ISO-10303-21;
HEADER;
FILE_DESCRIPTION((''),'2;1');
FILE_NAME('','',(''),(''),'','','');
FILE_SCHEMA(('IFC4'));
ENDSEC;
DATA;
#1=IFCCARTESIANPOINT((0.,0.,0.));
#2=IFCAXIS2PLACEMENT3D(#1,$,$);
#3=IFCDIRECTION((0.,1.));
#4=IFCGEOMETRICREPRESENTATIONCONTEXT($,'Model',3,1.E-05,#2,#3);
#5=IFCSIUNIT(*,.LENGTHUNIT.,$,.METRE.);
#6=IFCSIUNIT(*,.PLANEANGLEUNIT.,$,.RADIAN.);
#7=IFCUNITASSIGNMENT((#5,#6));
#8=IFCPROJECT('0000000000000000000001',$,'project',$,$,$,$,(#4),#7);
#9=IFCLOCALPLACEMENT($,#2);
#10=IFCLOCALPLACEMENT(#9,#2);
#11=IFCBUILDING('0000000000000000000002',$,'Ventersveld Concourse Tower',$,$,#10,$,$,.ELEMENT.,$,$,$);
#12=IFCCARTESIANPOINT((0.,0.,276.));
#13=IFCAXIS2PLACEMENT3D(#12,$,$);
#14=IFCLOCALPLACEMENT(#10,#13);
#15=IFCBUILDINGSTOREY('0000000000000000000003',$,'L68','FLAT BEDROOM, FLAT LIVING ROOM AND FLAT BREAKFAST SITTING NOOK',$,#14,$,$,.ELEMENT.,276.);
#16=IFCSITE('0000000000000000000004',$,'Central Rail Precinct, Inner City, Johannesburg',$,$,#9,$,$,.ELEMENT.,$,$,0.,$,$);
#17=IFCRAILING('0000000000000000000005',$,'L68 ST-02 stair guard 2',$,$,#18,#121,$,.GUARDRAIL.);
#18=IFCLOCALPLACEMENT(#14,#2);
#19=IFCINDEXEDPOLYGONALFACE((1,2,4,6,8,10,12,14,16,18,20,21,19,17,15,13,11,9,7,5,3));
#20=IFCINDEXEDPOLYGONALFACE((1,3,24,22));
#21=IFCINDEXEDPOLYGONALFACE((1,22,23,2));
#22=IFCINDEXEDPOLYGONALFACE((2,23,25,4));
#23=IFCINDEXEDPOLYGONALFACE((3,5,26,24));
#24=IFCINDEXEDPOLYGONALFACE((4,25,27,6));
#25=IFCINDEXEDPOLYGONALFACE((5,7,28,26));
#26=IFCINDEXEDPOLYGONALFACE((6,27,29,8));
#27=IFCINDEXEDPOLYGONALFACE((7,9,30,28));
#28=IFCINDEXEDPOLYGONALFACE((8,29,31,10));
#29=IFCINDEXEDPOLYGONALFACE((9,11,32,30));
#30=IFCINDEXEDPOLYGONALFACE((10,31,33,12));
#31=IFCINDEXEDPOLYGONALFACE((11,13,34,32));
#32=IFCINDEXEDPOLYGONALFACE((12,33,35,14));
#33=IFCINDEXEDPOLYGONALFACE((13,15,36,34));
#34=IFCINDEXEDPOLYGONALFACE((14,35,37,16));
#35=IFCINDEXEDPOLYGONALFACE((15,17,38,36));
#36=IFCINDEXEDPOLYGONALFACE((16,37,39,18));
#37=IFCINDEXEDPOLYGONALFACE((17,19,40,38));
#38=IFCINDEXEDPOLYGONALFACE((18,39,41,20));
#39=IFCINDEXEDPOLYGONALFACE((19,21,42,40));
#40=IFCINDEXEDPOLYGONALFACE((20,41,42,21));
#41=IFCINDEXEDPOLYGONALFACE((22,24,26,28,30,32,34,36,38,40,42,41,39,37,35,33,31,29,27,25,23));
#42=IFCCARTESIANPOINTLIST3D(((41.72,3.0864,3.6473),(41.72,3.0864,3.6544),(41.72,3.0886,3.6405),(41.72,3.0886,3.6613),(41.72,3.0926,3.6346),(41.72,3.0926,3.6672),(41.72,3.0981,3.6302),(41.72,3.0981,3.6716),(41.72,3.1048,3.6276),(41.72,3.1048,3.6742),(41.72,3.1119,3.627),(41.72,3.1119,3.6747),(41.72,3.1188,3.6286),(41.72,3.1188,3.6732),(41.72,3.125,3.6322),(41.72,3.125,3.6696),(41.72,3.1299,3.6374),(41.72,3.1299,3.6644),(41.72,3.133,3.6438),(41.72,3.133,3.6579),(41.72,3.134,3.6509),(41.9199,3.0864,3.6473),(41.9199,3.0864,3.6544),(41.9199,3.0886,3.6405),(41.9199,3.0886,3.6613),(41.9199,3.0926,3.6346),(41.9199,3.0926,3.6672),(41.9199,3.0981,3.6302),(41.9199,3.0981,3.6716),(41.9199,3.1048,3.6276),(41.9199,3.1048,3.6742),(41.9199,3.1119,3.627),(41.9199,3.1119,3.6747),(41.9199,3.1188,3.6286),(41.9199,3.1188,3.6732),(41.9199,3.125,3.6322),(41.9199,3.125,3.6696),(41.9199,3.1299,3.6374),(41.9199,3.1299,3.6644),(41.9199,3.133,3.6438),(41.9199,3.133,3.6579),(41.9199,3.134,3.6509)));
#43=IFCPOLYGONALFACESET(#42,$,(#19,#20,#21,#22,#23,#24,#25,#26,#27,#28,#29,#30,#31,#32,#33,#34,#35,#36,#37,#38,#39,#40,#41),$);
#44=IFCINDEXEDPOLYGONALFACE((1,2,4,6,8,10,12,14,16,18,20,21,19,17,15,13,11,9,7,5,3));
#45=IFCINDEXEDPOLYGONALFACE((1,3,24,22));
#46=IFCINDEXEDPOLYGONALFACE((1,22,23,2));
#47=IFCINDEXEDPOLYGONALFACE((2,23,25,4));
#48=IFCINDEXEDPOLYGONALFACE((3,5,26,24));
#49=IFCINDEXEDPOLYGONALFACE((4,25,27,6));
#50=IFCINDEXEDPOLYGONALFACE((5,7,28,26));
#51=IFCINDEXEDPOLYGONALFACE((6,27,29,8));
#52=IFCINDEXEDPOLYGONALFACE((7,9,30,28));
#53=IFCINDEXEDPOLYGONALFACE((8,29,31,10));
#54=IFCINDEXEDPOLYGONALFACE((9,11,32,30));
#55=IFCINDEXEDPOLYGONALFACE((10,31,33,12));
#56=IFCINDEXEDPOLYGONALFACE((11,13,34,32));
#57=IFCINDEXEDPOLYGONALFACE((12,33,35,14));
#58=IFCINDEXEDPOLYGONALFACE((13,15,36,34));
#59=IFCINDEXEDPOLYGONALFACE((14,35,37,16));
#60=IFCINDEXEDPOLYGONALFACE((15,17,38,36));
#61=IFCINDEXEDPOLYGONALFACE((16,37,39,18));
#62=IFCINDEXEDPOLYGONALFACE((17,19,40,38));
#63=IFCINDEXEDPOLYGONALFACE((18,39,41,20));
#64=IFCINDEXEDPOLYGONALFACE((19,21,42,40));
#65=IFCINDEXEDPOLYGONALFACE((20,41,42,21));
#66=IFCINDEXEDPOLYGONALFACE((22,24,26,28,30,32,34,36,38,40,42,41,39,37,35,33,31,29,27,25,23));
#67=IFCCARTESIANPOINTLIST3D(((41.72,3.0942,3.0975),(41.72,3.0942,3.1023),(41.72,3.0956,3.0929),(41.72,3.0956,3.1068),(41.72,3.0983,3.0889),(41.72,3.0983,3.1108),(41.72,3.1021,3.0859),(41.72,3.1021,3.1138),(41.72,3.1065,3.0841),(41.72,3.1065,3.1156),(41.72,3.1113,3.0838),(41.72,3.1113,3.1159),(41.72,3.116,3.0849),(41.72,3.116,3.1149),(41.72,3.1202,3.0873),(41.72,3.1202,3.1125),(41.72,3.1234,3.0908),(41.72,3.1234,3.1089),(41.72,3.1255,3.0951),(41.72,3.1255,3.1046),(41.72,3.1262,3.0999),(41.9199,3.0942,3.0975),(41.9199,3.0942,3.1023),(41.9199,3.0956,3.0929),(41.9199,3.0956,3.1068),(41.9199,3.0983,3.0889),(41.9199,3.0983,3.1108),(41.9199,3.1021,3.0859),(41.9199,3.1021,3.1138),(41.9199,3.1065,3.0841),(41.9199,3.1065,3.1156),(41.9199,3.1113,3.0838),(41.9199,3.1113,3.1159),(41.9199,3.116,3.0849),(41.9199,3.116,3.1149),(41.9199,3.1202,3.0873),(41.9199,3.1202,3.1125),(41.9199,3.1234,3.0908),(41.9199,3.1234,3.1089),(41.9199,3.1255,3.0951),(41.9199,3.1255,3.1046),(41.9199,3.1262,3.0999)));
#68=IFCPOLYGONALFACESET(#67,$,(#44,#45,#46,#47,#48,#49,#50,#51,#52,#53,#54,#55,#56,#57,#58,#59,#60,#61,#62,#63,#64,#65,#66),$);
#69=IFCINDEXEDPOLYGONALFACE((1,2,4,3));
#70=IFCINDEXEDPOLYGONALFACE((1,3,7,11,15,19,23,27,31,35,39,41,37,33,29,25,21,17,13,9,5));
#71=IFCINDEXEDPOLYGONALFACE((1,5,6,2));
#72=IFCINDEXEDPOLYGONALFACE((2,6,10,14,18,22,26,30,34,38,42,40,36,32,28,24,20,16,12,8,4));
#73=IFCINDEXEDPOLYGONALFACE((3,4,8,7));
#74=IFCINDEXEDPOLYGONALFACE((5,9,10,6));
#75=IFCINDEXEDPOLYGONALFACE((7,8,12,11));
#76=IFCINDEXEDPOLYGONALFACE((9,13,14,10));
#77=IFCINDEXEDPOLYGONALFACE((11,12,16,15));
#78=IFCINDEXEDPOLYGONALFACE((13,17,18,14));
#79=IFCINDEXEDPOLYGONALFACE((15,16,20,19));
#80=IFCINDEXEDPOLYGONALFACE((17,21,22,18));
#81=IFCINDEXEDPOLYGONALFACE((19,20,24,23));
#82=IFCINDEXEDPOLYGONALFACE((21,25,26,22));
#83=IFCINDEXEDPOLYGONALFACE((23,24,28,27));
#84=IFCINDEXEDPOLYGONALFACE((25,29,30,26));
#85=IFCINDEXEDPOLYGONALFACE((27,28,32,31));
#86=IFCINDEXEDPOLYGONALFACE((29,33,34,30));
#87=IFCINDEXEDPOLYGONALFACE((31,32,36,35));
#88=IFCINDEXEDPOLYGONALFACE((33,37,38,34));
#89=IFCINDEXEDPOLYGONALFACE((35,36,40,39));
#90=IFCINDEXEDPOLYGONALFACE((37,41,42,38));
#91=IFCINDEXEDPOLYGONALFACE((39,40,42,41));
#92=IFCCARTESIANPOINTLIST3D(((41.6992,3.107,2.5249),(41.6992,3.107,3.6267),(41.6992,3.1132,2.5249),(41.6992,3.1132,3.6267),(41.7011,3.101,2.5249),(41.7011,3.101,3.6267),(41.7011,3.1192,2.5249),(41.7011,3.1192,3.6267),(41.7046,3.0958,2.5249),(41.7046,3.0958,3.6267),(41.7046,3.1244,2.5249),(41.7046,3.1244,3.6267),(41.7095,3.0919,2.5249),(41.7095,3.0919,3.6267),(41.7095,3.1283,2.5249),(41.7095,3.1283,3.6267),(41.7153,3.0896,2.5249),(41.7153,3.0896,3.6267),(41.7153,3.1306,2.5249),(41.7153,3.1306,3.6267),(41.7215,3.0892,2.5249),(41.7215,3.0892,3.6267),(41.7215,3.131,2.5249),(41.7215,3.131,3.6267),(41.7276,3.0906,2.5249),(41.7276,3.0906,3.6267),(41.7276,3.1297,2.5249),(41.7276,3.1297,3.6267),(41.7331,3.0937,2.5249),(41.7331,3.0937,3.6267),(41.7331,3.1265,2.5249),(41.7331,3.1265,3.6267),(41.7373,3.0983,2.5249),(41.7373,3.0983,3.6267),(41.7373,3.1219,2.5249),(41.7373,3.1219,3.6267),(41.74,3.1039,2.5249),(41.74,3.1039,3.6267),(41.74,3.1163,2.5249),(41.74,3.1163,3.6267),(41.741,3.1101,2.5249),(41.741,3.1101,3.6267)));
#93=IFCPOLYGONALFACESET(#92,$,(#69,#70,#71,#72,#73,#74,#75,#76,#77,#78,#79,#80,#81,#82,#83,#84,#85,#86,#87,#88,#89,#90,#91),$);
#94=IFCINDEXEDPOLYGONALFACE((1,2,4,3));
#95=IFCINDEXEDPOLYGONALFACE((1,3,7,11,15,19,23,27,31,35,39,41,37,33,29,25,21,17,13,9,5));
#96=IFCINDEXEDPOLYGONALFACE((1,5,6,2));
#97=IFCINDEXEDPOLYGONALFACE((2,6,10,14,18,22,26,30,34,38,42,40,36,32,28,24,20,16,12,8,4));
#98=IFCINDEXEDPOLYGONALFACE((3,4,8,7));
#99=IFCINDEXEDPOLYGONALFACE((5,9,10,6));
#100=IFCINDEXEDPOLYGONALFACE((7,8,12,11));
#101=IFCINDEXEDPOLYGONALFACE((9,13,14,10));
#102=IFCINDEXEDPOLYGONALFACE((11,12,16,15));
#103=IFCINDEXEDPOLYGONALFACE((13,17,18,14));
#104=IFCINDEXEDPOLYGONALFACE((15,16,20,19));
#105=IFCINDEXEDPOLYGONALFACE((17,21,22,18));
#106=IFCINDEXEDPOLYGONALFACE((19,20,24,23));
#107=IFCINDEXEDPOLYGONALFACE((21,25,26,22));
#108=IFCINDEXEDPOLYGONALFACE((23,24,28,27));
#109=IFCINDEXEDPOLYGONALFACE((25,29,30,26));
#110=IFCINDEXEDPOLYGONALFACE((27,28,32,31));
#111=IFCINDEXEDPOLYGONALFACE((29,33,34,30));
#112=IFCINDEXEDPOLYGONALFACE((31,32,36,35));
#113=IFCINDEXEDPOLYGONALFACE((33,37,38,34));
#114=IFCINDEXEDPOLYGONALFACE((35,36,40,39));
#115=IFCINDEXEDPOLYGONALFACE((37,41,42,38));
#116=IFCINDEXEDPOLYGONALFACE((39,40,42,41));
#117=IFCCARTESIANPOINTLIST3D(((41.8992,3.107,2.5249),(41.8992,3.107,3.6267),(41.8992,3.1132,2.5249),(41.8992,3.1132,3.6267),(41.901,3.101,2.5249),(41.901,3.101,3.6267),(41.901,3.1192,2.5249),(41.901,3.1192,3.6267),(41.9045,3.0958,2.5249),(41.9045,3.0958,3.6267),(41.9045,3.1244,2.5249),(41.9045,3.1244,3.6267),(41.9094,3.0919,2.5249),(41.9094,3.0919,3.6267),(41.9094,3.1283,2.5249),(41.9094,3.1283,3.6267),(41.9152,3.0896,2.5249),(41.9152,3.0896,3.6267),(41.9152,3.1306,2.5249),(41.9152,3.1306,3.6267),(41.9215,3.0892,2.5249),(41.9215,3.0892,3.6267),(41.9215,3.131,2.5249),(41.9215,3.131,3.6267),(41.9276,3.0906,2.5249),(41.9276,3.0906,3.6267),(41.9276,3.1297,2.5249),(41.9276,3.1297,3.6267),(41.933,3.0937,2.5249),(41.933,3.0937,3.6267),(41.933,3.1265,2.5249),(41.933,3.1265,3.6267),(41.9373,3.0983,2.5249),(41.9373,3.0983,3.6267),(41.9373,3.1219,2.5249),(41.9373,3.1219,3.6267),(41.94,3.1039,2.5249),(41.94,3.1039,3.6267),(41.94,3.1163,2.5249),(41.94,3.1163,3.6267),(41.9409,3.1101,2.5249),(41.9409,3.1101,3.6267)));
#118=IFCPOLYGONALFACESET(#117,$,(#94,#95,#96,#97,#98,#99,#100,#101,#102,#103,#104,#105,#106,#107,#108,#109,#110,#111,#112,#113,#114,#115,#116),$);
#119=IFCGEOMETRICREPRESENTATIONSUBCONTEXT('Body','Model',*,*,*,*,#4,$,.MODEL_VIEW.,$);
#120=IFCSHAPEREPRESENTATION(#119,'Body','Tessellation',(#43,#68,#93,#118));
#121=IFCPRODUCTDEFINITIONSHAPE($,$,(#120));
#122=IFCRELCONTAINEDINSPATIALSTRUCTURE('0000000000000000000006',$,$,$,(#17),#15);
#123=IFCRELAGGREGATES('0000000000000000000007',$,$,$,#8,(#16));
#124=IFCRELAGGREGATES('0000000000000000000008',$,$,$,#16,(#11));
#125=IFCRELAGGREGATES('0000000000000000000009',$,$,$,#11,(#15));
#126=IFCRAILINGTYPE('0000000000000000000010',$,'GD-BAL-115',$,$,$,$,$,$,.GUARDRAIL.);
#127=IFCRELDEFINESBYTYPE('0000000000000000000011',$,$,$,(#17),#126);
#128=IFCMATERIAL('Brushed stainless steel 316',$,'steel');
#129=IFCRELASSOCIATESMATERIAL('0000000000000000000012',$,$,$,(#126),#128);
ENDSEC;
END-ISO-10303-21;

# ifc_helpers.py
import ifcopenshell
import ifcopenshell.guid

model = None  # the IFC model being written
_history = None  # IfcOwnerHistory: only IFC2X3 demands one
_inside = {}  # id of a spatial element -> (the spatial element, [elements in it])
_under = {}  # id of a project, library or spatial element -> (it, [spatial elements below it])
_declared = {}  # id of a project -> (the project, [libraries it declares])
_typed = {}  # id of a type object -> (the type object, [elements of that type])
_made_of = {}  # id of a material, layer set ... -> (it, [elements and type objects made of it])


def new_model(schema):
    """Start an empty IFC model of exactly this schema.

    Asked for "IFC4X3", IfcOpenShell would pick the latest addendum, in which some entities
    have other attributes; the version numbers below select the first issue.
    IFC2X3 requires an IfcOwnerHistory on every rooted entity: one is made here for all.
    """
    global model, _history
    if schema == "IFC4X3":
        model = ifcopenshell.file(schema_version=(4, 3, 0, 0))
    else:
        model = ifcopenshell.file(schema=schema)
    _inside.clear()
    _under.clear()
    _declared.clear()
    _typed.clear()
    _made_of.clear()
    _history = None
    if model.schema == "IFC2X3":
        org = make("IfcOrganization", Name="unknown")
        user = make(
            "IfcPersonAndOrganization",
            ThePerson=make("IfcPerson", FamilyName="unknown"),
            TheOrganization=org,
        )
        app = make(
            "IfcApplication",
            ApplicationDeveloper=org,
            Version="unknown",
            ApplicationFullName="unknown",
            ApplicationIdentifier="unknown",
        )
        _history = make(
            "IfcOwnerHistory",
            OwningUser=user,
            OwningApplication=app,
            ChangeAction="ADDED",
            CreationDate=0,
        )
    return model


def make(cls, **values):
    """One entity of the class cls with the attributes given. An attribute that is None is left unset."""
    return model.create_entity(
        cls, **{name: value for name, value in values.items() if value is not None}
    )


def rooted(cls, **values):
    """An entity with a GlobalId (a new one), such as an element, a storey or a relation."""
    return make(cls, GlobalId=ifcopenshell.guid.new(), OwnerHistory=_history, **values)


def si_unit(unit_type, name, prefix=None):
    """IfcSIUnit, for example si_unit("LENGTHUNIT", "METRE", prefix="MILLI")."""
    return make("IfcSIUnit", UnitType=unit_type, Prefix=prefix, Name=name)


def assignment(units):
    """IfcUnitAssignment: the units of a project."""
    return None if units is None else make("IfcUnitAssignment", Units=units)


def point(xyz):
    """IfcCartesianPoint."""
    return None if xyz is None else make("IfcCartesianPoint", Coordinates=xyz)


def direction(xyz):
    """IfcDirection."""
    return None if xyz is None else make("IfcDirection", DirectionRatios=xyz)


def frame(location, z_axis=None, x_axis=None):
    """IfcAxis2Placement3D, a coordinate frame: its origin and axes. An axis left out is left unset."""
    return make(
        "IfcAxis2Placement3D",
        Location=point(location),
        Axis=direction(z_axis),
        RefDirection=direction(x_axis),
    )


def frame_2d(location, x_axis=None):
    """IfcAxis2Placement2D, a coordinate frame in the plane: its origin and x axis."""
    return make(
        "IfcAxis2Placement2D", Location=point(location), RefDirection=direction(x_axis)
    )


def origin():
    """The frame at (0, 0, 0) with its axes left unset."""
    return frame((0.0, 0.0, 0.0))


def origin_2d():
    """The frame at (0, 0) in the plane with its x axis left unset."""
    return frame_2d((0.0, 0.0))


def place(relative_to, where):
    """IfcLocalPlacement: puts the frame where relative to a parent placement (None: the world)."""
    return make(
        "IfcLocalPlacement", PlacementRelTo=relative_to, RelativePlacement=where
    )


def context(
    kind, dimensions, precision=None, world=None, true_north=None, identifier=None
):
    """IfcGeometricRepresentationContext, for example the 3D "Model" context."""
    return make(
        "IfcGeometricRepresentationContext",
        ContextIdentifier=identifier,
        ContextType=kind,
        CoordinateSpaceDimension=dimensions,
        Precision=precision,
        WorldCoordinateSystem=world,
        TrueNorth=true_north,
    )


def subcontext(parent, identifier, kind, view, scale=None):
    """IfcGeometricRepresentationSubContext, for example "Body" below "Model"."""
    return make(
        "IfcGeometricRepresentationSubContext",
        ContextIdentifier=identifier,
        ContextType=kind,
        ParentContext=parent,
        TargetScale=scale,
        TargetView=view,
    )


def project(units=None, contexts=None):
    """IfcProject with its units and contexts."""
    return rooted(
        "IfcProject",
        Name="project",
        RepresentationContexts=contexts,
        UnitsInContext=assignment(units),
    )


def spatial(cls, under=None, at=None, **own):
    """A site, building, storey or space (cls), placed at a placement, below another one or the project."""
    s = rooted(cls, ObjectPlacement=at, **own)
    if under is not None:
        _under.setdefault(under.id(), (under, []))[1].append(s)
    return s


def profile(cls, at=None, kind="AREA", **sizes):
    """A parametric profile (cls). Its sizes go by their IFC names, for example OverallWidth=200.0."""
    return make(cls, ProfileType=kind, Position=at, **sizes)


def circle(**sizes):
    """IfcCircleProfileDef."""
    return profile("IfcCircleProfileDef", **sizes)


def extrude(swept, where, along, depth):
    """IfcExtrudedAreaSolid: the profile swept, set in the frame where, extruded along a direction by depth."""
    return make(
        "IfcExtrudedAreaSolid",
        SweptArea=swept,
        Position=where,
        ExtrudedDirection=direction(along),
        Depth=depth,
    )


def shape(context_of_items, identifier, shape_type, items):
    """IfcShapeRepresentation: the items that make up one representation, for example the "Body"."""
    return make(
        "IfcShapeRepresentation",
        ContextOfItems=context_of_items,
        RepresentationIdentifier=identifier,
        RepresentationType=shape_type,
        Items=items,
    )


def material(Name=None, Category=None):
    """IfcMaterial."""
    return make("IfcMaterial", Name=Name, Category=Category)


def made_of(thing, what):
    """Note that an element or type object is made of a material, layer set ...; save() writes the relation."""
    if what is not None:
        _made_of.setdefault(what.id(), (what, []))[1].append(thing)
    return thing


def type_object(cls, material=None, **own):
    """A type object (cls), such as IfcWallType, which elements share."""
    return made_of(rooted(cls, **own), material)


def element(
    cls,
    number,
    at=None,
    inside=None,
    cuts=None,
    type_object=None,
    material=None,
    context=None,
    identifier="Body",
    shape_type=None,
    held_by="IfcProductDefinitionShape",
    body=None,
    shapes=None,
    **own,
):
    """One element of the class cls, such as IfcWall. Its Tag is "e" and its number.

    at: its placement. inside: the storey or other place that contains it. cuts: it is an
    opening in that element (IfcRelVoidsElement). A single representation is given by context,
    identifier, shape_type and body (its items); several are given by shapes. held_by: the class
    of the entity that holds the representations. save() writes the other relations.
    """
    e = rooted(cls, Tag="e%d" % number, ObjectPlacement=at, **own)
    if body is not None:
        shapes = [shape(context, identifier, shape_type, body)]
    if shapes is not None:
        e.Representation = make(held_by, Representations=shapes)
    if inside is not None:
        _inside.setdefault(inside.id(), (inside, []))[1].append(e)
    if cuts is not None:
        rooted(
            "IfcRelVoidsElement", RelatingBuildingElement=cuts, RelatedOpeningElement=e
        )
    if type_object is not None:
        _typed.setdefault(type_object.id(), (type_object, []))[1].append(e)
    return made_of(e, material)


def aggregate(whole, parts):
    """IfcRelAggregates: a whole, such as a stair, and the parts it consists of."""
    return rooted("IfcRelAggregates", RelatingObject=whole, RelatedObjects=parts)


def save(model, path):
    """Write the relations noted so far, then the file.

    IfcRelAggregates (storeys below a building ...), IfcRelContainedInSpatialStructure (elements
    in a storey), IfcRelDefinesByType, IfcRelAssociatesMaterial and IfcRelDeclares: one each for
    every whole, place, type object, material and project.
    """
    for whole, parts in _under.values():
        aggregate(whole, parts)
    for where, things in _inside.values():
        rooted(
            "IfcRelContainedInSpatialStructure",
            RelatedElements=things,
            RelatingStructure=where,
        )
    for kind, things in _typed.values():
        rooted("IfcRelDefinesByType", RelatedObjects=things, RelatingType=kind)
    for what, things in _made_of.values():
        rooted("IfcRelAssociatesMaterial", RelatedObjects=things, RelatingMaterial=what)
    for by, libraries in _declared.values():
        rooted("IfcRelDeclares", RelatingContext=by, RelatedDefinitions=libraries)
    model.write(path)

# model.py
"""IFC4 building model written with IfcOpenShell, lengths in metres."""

from ifc_helpers import new_model, si_unit, direction, frame, origin, origin_2d, place, context, subcontext, project, spatial, circle, extrude, material, type_object, element, save


model = new_model("IFC4")

# Units and contexts
model_context = context("Model", 3, precision=1e-05, world=origin(), true_north=direction((0.0, 1.0)))
body_context = subcontext(model_context, "Body", "Model", "MODEL_VIEW")
ifc_project = project(units=[si_unit("LENGTHUNIT", "METRE"), si_unit("PLANEANGLEUNIT", "RADIAN")], contexts=[model_context])

# Site, building, storey
site_placement = place(None, origin())
site = spatial("IfcSite", under=ifc_project, at=site_placement, Name="Central Rail Precinct, Inner City, Johannesburg", CompositionType="ELEMENT", RefElevation=0.0)
building_placement = place(site_placement, origin())
building = spatial("IfcBuilding", under=site, at=building_placement, Name="Ventersveld Concourse Tower", CompositionType="ELEMENT")
storey_placement = place(building_placement, frame((0.0, 0.0, 276.0)))
storey = spatial("IfcBuildingStorey", under=building, at=storey_placement, Name="L68", Description="FLAT BEDROOM, FLAT LIVING ROOM AND FLAT BREAKFAST SITTING NOOK", CompositionType="ELEMENT", Elevation=276.0)

# Railing
ifc_material_1 = material(Name="Brushed stainless steel 316", Category="steel")
railing_type_1 = type_object("IfcRailingType", Name="GD-BAL-115", PredefinedType="GUARDRAIL", material=ifc_material_1)
railing_1_placement = place(storey_placement, frame((41.72, 3.1101, 2.5249)))
element("IfcRailing", 1, at=railing_1_placement, inside=storey, type_object=railing_type_1, Name="L68 ST-02 stair guard 2", PredefinedType="GUARDRAIL", context=body_context, shape_type="SweptSolid", body=[
    extrude(circle(Radius=0.0239, at=origin_2d()), frame((0.0, 0.0, 1.126), z_axis=(1.0, 0.0, 0.0), x_axis=(0.0, 1.0, 0.0)), (0.0, 0.0, 1.0), 0.2),
    extrude(circle(Radius=0.0161, at=origin_2d()), frame((0.0, 0.0, 0.575), z_axis=(1.0, 0.0, 0.0), x_axis=(0.0, 1.0, 0.0)), (0.0, 0.0, 1.0), 0.2),
    extrude(circle(Radius=0.021, at=origin_2d()), origin(), (0.0, 0.0, 1.0), 1.1018),
    extrude(circle(Radius=0.021, at=origin_2d()), frame((0.2, 0.0, 0.0)), (0.0, 0.0, 1.0), 1.1018),
])

save(model, "model.ifc")
